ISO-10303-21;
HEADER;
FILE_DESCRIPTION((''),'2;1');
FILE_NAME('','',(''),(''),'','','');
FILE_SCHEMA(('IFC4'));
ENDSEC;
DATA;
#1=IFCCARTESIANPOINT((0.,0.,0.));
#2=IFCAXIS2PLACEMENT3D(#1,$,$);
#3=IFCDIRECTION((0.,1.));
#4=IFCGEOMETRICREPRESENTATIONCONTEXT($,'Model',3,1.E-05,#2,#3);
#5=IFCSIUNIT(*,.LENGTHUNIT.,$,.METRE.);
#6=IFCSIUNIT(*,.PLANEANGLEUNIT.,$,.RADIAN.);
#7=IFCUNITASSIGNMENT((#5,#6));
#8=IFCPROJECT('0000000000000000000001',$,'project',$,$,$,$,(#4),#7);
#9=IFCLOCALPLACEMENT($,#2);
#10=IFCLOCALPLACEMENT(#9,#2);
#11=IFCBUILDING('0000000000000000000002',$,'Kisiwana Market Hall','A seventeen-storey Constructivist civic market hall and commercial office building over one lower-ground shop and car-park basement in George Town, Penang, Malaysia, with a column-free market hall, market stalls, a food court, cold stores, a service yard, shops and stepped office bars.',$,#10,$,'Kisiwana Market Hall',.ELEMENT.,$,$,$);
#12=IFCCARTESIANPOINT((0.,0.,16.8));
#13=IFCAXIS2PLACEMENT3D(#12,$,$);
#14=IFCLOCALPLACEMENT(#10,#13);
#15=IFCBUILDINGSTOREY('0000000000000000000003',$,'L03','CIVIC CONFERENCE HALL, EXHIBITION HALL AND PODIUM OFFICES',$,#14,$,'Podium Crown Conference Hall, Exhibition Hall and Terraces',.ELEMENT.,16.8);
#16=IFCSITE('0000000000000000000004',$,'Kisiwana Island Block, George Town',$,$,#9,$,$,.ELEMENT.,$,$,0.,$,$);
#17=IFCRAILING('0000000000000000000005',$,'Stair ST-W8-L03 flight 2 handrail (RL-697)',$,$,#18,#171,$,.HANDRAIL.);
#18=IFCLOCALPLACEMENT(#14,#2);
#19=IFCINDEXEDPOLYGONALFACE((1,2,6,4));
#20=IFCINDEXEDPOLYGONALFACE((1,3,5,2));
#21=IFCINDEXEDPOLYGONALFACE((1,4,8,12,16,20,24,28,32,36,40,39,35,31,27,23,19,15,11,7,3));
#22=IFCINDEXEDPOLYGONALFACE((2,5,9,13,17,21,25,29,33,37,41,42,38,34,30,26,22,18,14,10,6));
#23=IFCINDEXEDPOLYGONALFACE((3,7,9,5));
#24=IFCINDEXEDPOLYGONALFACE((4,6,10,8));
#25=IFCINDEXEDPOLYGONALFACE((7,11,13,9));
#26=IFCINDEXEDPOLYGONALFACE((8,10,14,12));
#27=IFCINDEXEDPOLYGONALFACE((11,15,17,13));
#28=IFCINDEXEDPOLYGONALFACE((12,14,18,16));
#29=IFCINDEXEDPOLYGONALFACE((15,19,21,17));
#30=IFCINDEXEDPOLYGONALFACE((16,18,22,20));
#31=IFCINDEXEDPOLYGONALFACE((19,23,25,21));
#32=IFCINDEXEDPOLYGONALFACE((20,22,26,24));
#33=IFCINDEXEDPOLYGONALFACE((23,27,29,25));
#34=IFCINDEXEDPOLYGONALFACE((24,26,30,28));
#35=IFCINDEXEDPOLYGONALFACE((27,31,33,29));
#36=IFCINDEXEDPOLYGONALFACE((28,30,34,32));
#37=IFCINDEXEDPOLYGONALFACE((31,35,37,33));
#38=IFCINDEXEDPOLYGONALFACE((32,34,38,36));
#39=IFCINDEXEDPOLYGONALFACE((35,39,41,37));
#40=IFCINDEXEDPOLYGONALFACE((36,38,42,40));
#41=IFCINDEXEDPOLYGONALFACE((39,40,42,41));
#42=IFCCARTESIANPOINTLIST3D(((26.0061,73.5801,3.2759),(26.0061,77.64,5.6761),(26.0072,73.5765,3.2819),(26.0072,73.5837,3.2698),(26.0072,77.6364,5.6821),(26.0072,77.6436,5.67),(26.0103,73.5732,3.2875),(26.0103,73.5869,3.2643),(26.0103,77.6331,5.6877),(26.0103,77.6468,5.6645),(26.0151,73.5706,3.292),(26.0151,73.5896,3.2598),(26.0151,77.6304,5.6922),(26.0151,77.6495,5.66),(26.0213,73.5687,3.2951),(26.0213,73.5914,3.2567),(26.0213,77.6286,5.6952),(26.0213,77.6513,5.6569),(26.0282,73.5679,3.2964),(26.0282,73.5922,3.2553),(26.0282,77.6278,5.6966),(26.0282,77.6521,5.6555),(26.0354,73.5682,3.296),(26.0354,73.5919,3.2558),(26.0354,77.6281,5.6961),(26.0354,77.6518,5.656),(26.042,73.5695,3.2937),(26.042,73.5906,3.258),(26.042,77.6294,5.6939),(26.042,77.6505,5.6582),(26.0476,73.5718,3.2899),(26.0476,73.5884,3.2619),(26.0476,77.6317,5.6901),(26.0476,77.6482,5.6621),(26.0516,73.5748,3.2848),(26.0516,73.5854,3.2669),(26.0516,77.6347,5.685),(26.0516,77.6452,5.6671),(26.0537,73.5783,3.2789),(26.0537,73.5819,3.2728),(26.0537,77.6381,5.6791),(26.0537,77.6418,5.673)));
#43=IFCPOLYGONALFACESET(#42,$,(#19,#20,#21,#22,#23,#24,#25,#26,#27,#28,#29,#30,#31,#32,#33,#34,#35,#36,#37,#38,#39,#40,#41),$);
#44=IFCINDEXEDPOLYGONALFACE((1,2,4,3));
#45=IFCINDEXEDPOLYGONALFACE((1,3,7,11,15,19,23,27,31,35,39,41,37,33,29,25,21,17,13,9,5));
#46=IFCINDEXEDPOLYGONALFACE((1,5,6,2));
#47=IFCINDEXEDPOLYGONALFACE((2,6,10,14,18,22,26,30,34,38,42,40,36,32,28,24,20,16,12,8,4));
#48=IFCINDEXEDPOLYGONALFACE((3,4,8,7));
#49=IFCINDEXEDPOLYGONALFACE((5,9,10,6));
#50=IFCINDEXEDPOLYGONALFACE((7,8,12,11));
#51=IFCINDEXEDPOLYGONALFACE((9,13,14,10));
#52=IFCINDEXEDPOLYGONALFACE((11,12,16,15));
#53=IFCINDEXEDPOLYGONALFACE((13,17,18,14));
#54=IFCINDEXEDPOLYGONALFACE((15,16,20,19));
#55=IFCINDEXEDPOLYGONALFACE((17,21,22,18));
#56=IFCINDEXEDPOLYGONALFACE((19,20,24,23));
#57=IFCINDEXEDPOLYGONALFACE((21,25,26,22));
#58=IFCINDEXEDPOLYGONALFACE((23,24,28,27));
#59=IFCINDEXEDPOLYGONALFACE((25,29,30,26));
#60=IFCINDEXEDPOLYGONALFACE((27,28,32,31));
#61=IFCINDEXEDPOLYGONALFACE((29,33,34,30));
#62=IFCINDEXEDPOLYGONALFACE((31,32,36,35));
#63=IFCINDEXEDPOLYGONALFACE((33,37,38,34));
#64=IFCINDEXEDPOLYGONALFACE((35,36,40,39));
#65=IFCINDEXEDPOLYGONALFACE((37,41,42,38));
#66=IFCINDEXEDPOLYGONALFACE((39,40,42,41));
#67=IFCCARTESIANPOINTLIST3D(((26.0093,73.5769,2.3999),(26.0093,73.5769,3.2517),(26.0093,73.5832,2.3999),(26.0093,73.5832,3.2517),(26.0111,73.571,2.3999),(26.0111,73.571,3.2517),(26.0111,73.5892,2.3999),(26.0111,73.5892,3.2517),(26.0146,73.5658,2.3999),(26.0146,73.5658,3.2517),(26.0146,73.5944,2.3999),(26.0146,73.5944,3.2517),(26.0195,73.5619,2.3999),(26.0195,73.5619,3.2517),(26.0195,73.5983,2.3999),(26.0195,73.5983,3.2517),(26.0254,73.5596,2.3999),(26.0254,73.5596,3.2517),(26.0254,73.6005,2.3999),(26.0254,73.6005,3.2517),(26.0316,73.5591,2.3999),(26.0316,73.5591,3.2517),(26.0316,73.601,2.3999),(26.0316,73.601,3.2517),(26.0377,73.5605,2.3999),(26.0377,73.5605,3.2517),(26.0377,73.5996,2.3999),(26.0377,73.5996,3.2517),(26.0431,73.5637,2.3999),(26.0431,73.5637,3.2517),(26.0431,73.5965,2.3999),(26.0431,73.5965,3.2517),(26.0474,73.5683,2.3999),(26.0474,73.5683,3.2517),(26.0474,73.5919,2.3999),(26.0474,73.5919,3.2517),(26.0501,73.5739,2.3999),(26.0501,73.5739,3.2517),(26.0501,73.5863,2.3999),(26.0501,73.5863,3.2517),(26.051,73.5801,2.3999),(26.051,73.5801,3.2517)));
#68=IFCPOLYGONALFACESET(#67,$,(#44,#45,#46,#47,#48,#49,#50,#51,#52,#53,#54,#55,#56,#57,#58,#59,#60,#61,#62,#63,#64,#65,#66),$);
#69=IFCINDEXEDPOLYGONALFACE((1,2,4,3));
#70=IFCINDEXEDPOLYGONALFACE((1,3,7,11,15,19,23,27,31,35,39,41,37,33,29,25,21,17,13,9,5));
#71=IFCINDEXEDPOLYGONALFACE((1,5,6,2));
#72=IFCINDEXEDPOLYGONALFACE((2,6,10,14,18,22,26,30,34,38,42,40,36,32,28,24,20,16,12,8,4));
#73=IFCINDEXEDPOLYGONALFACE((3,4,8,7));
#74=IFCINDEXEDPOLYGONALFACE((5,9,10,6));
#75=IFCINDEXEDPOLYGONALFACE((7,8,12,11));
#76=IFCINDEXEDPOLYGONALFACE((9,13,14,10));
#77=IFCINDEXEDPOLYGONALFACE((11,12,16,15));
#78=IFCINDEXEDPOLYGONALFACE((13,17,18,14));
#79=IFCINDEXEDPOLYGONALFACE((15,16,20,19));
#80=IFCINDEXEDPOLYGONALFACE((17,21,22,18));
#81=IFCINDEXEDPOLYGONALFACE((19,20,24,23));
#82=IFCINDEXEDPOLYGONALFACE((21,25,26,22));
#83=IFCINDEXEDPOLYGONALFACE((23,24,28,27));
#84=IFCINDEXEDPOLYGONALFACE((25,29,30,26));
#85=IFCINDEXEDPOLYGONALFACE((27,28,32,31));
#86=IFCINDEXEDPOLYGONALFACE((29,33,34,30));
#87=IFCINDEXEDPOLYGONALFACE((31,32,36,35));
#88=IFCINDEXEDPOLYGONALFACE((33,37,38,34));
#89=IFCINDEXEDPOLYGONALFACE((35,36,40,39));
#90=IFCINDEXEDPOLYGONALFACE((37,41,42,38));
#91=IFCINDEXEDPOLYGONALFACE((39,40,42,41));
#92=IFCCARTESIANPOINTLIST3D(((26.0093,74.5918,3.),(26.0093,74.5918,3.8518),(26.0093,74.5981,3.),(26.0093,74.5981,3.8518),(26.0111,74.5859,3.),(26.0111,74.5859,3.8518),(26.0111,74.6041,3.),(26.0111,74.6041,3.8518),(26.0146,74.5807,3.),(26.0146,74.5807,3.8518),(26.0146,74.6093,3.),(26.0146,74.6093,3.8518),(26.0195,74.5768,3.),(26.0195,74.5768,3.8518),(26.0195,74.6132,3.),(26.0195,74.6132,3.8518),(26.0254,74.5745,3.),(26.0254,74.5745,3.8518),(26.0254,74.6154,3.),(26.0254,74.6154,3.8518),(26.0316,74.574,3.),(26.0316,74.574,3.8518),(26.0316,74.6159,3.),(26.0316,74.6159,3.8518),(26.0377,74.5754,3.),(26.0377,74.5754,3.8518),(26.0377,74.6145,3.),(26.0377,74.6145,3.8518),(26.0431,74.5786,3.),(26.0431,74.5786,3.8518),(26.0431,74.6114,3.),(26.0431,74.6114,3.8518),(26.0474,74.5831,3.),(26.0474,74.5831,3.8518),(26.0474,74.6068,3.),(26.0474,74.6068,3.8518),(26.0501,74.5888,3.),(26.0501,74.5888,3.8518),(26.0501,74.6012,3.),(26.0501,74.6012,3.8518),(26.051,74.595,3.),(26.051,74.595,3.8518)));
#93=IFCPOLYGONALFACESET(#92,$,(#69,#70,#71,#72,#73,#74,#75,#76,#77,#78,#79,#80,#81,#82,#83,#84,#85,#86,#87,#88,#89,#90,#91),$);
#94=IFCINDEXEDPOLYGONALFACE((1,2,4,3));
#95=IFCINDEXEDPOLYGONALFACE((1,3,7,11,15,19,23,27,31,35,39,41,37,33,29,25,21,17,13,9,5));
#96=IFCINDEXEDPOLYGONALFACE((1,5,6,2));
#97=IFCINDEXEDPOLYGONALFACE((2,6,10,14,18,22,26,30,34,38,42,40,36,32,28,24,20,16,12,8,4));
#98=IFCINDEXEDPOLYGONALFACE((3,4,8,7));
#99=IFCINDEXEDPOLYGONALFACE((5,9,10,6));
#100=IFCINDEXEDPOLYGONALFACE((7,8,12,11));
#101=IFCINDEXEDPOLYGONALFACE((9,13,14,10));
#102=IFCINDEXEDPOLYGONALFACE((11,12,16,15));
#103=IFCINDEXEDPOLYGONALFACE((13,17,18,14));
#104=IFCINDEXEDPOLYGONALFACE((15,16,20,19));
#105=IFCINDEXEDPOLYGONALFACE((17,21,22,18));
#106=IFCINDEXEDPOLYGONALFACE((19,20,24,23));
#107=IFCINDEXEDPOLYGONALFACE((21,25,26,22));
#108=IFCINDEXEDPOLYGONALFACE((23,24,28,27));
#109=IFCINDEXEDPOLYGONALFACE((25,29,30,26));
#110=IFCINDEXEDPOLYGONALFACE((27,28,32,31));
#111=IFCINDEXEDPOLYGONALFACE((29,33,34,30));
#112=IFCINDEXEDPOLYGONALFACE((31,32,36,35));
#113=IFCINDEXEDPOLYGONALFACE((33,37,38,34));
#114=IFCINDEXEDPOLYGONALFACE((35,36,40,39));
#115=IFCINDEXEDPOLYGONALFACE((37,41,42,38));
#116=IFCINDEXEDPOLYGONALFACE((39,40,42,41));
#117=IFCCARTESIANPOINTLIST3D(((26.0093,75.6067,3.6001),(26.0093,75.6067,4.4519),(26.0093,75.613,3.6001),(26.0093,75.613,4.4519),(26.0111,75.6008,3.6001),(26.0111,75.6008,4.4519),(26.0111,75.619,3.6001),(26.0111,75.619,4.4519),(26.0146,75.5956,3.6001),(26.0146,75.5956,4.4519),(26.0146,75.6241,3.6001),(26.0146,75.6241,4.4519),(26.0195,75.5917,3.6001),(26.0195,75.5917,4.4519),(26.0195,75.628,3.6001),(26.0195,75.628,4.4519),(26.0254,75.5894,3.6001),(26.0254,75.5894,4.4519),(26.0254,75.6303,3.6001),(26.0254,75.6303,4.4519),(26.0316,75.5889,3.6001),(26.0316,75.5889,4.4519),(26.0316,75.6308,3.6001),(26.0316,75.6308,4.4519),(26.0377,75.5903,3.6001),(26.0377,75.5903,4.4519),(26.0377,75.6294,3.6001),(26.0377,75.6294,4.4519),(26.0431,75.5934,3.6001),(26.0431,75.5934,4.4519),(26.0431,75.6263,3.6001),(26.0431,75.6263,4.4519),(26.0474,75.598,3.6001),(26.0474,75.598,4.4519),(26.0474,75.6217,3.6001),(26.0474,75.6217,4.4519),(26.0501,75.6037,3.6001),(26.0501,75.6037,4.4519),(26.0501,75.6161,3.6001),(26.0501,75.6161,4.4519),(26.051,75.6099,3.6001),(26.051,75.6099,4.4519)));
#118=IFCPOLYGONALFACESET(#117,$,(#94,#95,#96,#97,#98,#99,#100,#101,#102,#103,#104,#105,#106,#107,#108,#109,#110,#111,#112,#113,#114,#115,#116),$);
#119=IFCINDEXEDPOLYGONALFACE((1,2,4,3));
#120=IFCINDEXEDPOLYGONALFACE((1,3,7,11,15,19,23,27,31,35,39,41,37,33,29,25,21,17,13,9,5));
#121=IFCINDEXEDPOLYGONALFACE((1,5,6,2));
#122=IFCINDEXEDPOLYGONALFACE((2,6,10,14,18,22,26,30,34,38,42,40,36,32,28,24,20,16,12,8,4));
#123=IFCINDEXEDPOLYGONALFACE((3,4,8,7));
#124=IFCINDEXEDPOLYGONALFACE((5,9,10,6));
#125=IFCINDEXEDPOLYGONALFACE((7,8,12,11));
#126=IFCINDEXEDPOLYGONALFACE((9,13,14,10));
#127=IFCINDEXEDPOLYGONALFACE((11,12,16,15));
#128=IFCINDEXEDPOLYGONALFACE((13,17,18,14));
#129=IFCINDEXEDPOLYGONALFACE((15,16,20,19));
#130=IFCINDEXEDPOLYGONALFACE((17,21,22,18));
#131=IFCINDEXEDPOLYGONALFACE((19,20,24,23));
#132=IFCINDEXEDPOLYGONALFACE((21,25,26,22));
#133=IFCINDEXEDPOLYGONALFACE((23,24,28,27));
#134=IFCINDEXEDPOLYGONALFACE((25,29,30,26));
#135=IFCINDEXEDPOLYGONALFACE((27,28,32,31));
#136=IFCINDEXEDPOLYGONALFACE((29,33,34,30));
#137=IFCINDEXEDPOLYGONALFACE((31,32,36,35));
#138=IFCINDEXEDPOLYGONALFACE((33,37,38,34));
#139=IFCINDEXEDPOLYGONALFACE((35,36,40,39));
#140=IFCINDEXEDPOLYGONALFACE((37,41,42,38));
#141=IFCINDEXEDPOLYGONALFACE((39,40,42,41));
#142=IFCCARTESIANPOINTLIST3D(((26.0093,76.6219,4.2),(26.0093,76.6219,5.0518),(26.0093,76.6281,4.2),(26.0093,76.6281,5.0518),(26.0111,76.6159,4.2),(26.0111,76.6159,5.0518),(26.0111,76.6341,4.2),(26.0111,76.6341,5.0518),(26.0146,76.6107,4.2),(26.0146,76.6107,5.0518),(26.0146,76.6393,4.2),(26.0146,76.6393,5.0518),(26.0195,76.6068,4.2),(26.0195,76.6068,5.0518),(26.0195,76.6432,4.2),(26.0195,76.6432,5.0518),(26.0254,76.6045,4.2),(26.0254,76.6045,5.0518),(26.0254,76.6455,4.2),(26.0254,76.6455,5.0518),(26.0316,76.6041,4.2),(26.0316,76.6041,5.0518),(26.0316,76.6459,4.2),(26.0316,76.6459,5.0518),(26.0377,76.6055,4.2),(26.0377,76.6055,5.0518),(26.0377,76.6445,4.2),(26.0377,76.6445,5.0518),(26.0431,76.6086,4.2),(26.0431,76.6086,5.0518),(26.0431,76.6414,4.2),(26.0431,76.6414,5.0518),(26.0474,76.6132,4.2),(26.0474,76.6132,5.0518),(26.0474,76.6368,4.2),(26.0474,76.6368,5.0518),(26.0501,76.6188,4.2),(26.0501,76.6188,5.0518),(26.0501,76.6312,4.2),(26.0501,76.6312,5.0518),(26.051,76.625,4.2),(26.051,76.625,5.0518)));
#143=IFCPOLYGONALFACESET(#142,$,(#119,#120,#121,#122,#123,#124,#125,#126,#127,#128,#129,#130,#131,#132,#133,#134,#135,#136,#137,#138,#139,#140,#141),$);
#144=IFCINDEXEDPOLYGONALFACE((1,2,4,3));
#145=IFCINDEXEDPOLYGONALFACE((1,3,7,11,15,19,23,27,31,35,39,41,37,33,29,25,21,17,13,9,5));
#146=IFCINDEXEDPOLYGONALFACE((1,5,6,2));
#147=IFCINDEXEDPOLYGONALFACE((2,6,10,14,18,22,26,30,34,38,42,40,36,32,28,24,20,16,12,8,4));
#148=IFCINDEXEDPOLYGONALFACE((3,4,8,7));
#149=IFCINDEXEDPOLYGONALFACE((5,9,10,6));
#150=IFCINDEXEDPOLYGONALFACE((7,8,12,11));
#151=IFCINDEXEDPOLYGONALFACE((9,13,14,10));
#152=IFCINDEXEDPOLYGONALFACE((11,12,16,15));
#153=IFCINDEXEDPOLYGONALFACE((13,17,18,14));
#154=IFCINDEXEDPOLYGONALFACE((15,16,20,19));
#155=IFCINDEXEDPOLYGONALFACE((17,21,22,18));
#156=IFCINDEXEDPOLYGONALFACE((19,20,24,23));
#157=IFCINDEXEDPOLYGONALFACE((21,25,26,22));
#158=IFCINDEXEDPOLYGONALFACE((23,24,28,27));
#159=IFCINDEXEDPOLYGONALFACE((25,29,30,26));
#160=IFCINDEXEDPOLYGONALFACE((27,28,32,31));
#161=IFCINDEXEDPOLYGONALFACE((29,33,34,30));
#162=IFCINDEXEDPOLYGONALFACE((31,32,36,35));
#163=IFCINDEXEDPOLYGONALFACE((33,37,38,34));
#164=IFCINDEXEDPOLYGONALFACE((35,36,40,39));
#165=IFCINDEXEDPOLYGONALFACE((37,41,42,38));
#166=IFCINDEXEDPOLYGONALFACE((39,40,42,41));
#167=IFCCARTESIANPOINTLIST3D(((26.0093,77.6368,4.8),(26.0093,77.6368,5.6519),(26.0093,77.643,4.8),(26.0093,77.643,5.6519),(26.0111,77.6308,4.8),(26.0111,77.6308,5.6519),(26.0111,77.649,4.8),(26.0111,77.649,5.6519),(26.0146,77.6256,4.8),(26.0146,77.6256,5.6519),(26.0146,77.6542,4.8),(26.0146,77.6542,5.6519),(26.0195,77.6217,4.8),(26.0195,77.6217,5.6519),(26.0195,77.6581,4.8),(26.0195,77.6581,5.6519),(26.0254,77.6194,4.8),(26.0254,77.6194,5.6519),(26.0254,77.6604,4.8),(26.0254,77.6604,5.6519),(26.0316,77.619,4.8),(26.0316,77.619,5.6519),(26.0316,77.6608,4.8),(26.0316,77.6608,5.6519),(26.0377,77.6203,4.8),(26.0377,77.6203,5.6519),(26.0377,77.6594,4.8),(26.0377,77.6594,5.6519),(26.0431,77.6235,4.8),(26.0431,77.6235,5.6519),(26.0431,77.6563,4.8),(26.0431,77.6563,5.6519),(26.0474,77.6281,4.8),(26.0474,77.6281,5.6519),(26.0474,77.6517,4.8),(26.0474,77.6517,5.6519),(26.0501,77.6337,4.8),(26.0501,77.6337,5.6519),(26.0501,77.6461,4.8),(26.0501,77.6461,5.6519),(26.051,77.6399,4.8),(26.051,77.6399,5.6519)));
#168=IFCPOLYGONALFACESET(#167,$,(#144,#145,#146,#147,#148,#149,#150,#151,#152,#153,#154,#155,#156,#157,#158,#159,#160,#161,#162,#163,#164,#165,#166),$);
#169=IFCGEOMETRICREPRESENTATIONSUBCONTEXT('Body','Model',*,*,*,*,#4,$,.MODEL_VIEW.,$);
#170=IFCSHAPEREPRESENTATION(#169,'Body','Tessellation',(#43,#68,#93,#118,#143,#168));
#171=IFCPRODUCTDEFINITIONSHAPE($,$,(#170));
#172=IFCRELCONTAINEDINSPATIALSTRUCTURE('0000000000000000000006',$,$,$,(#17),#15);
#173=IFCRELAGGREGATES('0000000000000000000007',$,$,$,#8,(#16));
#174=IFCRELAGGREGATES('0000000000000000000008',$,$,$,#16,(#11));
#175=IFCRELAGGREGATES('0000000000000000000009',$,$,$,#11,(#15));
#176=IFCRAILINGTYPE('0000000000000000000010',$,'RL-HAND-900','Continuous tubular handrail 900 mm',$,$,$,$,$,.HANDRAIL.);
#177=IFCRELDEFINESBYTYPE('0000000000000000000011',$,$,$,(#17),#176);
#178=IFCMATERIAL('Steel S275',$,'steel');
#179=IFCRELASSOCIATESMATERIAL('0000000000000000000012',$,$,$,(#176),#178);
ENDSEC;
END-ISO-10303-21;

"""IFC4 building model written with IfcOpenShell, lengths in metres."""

from ifc_helpers import new_model, si_unit, direction, frame, origin, origin_2d, place, context, subcontext, project, spatial, circle, extrude, material, type_object, element, save


model = new_model("IFC4")

# Units and contexts
model_context = context("Model", 3, precision=1e-05, world=origin(), true_north=direction((0.0, 1.0)))
body_context = subcontext(model_context, "Body", "Model", "MODEL_VIEW")
ifc_project = project(units=[si_unit("LENGTHUNIT", "METRE"), si_unit("PLANEANGLEUNIT", "RADIAN")], contexts=[model_context])

# Site, building, storey
site_placement = place(None, origin())
site = spatial("IfcSite", under=ifc_project, at=site_placement, Name="Kisiwana Island Block, George Town", CompositionType="ELEMENT", RefElevation=0.0)
building_placement = place(site_placement, origin())
building = spatial("IfcBuilding", under=site, at=building_placement, Name="Kisiwana Market Hall", Description="A seventeen-storey Constructivist civic market hall and commercial office building over one lower-ground shop and car-park basement in George Town, Penang, Malaysia, with a column-free market hall, market stalls, a food court, cold stores, a service yard, shops and stepped office bars.", LongName="Kisiwana Market Hall", CompositionType="ELEMENT")
storey_placement = place(building_placement, frame((0.0, 0.0, 16.8)))
storey = spatial("IfcBuildingStorey", under=building, at=storey_placement, Name="L03", Description="CIVIC CONFERENCE HALL, EXHIBITION HALL AND PODIUM OFFICES", LongName="Podium Crown Conference Hall, Exhibition Hall and Terraces", CompositionType="ELEMENT", Elevation=16.8)

# Railing
ifc_material_1 = material(Name="Steel S275", Category="steel")
railing_type_1 = type_object("IfcRailingType", Name="RL-HAND-900", Description="Continuous tubular handrail 900 mm", PredefinedType="HANDRAIL", material=ifc_material_1)
railing_1_placement = place(storey_placement, frame((26.03, 73.5801, 2.3999)))
element("IfcRailing", 1, at=railing_1_placement, inside=storey, type_object=railing_type_1, Name="Stair ST-W8-L03 flight 2 handrail (RL-697)", PredefinedType="HANDRAIL", context=body_context, shape_type="SweptSolid", body=[
    extrude(circle(Radius=0.0239, at=origin_2d()), frame((0.0, 0.0, 0.876), z_axis=(0.0, 0.860818, 0.508912), x_axis=(-1.0, 0.0, 0.0)), (0.0, 0.0, 1.0), 4.7163),
    extrude(circle(Radius=0.021, at=origin_2d()), origin(), (0.0, 0.0, 1.0), 0.8518),
    extrude(circle(Radius=0.021, at=origin_2d()), frame((0.0, 1.0149, 0.6001)), (0.0, 0.0, 1.0), 0.8518),
    extrude(circle(Radius=0.021, at=origin_2d()), frame((0.0, 2.0298, 1.2002)), (0.0, 0.0, 1.0), 0.8518),
    extrude(circle(Radius=0.021, at=origin_2d()), frame((0.0, 3.0449, 1.8)), (0.0, 0.0, 1.0), 0.8518),
    extrude(circle(Radius=0.021, at=origin_2d()), frame((0.0, 4.0598, 2.4001)), (0.0, 0.0, 1.0), 0.8518),
])

save(model, "model.ifc")
